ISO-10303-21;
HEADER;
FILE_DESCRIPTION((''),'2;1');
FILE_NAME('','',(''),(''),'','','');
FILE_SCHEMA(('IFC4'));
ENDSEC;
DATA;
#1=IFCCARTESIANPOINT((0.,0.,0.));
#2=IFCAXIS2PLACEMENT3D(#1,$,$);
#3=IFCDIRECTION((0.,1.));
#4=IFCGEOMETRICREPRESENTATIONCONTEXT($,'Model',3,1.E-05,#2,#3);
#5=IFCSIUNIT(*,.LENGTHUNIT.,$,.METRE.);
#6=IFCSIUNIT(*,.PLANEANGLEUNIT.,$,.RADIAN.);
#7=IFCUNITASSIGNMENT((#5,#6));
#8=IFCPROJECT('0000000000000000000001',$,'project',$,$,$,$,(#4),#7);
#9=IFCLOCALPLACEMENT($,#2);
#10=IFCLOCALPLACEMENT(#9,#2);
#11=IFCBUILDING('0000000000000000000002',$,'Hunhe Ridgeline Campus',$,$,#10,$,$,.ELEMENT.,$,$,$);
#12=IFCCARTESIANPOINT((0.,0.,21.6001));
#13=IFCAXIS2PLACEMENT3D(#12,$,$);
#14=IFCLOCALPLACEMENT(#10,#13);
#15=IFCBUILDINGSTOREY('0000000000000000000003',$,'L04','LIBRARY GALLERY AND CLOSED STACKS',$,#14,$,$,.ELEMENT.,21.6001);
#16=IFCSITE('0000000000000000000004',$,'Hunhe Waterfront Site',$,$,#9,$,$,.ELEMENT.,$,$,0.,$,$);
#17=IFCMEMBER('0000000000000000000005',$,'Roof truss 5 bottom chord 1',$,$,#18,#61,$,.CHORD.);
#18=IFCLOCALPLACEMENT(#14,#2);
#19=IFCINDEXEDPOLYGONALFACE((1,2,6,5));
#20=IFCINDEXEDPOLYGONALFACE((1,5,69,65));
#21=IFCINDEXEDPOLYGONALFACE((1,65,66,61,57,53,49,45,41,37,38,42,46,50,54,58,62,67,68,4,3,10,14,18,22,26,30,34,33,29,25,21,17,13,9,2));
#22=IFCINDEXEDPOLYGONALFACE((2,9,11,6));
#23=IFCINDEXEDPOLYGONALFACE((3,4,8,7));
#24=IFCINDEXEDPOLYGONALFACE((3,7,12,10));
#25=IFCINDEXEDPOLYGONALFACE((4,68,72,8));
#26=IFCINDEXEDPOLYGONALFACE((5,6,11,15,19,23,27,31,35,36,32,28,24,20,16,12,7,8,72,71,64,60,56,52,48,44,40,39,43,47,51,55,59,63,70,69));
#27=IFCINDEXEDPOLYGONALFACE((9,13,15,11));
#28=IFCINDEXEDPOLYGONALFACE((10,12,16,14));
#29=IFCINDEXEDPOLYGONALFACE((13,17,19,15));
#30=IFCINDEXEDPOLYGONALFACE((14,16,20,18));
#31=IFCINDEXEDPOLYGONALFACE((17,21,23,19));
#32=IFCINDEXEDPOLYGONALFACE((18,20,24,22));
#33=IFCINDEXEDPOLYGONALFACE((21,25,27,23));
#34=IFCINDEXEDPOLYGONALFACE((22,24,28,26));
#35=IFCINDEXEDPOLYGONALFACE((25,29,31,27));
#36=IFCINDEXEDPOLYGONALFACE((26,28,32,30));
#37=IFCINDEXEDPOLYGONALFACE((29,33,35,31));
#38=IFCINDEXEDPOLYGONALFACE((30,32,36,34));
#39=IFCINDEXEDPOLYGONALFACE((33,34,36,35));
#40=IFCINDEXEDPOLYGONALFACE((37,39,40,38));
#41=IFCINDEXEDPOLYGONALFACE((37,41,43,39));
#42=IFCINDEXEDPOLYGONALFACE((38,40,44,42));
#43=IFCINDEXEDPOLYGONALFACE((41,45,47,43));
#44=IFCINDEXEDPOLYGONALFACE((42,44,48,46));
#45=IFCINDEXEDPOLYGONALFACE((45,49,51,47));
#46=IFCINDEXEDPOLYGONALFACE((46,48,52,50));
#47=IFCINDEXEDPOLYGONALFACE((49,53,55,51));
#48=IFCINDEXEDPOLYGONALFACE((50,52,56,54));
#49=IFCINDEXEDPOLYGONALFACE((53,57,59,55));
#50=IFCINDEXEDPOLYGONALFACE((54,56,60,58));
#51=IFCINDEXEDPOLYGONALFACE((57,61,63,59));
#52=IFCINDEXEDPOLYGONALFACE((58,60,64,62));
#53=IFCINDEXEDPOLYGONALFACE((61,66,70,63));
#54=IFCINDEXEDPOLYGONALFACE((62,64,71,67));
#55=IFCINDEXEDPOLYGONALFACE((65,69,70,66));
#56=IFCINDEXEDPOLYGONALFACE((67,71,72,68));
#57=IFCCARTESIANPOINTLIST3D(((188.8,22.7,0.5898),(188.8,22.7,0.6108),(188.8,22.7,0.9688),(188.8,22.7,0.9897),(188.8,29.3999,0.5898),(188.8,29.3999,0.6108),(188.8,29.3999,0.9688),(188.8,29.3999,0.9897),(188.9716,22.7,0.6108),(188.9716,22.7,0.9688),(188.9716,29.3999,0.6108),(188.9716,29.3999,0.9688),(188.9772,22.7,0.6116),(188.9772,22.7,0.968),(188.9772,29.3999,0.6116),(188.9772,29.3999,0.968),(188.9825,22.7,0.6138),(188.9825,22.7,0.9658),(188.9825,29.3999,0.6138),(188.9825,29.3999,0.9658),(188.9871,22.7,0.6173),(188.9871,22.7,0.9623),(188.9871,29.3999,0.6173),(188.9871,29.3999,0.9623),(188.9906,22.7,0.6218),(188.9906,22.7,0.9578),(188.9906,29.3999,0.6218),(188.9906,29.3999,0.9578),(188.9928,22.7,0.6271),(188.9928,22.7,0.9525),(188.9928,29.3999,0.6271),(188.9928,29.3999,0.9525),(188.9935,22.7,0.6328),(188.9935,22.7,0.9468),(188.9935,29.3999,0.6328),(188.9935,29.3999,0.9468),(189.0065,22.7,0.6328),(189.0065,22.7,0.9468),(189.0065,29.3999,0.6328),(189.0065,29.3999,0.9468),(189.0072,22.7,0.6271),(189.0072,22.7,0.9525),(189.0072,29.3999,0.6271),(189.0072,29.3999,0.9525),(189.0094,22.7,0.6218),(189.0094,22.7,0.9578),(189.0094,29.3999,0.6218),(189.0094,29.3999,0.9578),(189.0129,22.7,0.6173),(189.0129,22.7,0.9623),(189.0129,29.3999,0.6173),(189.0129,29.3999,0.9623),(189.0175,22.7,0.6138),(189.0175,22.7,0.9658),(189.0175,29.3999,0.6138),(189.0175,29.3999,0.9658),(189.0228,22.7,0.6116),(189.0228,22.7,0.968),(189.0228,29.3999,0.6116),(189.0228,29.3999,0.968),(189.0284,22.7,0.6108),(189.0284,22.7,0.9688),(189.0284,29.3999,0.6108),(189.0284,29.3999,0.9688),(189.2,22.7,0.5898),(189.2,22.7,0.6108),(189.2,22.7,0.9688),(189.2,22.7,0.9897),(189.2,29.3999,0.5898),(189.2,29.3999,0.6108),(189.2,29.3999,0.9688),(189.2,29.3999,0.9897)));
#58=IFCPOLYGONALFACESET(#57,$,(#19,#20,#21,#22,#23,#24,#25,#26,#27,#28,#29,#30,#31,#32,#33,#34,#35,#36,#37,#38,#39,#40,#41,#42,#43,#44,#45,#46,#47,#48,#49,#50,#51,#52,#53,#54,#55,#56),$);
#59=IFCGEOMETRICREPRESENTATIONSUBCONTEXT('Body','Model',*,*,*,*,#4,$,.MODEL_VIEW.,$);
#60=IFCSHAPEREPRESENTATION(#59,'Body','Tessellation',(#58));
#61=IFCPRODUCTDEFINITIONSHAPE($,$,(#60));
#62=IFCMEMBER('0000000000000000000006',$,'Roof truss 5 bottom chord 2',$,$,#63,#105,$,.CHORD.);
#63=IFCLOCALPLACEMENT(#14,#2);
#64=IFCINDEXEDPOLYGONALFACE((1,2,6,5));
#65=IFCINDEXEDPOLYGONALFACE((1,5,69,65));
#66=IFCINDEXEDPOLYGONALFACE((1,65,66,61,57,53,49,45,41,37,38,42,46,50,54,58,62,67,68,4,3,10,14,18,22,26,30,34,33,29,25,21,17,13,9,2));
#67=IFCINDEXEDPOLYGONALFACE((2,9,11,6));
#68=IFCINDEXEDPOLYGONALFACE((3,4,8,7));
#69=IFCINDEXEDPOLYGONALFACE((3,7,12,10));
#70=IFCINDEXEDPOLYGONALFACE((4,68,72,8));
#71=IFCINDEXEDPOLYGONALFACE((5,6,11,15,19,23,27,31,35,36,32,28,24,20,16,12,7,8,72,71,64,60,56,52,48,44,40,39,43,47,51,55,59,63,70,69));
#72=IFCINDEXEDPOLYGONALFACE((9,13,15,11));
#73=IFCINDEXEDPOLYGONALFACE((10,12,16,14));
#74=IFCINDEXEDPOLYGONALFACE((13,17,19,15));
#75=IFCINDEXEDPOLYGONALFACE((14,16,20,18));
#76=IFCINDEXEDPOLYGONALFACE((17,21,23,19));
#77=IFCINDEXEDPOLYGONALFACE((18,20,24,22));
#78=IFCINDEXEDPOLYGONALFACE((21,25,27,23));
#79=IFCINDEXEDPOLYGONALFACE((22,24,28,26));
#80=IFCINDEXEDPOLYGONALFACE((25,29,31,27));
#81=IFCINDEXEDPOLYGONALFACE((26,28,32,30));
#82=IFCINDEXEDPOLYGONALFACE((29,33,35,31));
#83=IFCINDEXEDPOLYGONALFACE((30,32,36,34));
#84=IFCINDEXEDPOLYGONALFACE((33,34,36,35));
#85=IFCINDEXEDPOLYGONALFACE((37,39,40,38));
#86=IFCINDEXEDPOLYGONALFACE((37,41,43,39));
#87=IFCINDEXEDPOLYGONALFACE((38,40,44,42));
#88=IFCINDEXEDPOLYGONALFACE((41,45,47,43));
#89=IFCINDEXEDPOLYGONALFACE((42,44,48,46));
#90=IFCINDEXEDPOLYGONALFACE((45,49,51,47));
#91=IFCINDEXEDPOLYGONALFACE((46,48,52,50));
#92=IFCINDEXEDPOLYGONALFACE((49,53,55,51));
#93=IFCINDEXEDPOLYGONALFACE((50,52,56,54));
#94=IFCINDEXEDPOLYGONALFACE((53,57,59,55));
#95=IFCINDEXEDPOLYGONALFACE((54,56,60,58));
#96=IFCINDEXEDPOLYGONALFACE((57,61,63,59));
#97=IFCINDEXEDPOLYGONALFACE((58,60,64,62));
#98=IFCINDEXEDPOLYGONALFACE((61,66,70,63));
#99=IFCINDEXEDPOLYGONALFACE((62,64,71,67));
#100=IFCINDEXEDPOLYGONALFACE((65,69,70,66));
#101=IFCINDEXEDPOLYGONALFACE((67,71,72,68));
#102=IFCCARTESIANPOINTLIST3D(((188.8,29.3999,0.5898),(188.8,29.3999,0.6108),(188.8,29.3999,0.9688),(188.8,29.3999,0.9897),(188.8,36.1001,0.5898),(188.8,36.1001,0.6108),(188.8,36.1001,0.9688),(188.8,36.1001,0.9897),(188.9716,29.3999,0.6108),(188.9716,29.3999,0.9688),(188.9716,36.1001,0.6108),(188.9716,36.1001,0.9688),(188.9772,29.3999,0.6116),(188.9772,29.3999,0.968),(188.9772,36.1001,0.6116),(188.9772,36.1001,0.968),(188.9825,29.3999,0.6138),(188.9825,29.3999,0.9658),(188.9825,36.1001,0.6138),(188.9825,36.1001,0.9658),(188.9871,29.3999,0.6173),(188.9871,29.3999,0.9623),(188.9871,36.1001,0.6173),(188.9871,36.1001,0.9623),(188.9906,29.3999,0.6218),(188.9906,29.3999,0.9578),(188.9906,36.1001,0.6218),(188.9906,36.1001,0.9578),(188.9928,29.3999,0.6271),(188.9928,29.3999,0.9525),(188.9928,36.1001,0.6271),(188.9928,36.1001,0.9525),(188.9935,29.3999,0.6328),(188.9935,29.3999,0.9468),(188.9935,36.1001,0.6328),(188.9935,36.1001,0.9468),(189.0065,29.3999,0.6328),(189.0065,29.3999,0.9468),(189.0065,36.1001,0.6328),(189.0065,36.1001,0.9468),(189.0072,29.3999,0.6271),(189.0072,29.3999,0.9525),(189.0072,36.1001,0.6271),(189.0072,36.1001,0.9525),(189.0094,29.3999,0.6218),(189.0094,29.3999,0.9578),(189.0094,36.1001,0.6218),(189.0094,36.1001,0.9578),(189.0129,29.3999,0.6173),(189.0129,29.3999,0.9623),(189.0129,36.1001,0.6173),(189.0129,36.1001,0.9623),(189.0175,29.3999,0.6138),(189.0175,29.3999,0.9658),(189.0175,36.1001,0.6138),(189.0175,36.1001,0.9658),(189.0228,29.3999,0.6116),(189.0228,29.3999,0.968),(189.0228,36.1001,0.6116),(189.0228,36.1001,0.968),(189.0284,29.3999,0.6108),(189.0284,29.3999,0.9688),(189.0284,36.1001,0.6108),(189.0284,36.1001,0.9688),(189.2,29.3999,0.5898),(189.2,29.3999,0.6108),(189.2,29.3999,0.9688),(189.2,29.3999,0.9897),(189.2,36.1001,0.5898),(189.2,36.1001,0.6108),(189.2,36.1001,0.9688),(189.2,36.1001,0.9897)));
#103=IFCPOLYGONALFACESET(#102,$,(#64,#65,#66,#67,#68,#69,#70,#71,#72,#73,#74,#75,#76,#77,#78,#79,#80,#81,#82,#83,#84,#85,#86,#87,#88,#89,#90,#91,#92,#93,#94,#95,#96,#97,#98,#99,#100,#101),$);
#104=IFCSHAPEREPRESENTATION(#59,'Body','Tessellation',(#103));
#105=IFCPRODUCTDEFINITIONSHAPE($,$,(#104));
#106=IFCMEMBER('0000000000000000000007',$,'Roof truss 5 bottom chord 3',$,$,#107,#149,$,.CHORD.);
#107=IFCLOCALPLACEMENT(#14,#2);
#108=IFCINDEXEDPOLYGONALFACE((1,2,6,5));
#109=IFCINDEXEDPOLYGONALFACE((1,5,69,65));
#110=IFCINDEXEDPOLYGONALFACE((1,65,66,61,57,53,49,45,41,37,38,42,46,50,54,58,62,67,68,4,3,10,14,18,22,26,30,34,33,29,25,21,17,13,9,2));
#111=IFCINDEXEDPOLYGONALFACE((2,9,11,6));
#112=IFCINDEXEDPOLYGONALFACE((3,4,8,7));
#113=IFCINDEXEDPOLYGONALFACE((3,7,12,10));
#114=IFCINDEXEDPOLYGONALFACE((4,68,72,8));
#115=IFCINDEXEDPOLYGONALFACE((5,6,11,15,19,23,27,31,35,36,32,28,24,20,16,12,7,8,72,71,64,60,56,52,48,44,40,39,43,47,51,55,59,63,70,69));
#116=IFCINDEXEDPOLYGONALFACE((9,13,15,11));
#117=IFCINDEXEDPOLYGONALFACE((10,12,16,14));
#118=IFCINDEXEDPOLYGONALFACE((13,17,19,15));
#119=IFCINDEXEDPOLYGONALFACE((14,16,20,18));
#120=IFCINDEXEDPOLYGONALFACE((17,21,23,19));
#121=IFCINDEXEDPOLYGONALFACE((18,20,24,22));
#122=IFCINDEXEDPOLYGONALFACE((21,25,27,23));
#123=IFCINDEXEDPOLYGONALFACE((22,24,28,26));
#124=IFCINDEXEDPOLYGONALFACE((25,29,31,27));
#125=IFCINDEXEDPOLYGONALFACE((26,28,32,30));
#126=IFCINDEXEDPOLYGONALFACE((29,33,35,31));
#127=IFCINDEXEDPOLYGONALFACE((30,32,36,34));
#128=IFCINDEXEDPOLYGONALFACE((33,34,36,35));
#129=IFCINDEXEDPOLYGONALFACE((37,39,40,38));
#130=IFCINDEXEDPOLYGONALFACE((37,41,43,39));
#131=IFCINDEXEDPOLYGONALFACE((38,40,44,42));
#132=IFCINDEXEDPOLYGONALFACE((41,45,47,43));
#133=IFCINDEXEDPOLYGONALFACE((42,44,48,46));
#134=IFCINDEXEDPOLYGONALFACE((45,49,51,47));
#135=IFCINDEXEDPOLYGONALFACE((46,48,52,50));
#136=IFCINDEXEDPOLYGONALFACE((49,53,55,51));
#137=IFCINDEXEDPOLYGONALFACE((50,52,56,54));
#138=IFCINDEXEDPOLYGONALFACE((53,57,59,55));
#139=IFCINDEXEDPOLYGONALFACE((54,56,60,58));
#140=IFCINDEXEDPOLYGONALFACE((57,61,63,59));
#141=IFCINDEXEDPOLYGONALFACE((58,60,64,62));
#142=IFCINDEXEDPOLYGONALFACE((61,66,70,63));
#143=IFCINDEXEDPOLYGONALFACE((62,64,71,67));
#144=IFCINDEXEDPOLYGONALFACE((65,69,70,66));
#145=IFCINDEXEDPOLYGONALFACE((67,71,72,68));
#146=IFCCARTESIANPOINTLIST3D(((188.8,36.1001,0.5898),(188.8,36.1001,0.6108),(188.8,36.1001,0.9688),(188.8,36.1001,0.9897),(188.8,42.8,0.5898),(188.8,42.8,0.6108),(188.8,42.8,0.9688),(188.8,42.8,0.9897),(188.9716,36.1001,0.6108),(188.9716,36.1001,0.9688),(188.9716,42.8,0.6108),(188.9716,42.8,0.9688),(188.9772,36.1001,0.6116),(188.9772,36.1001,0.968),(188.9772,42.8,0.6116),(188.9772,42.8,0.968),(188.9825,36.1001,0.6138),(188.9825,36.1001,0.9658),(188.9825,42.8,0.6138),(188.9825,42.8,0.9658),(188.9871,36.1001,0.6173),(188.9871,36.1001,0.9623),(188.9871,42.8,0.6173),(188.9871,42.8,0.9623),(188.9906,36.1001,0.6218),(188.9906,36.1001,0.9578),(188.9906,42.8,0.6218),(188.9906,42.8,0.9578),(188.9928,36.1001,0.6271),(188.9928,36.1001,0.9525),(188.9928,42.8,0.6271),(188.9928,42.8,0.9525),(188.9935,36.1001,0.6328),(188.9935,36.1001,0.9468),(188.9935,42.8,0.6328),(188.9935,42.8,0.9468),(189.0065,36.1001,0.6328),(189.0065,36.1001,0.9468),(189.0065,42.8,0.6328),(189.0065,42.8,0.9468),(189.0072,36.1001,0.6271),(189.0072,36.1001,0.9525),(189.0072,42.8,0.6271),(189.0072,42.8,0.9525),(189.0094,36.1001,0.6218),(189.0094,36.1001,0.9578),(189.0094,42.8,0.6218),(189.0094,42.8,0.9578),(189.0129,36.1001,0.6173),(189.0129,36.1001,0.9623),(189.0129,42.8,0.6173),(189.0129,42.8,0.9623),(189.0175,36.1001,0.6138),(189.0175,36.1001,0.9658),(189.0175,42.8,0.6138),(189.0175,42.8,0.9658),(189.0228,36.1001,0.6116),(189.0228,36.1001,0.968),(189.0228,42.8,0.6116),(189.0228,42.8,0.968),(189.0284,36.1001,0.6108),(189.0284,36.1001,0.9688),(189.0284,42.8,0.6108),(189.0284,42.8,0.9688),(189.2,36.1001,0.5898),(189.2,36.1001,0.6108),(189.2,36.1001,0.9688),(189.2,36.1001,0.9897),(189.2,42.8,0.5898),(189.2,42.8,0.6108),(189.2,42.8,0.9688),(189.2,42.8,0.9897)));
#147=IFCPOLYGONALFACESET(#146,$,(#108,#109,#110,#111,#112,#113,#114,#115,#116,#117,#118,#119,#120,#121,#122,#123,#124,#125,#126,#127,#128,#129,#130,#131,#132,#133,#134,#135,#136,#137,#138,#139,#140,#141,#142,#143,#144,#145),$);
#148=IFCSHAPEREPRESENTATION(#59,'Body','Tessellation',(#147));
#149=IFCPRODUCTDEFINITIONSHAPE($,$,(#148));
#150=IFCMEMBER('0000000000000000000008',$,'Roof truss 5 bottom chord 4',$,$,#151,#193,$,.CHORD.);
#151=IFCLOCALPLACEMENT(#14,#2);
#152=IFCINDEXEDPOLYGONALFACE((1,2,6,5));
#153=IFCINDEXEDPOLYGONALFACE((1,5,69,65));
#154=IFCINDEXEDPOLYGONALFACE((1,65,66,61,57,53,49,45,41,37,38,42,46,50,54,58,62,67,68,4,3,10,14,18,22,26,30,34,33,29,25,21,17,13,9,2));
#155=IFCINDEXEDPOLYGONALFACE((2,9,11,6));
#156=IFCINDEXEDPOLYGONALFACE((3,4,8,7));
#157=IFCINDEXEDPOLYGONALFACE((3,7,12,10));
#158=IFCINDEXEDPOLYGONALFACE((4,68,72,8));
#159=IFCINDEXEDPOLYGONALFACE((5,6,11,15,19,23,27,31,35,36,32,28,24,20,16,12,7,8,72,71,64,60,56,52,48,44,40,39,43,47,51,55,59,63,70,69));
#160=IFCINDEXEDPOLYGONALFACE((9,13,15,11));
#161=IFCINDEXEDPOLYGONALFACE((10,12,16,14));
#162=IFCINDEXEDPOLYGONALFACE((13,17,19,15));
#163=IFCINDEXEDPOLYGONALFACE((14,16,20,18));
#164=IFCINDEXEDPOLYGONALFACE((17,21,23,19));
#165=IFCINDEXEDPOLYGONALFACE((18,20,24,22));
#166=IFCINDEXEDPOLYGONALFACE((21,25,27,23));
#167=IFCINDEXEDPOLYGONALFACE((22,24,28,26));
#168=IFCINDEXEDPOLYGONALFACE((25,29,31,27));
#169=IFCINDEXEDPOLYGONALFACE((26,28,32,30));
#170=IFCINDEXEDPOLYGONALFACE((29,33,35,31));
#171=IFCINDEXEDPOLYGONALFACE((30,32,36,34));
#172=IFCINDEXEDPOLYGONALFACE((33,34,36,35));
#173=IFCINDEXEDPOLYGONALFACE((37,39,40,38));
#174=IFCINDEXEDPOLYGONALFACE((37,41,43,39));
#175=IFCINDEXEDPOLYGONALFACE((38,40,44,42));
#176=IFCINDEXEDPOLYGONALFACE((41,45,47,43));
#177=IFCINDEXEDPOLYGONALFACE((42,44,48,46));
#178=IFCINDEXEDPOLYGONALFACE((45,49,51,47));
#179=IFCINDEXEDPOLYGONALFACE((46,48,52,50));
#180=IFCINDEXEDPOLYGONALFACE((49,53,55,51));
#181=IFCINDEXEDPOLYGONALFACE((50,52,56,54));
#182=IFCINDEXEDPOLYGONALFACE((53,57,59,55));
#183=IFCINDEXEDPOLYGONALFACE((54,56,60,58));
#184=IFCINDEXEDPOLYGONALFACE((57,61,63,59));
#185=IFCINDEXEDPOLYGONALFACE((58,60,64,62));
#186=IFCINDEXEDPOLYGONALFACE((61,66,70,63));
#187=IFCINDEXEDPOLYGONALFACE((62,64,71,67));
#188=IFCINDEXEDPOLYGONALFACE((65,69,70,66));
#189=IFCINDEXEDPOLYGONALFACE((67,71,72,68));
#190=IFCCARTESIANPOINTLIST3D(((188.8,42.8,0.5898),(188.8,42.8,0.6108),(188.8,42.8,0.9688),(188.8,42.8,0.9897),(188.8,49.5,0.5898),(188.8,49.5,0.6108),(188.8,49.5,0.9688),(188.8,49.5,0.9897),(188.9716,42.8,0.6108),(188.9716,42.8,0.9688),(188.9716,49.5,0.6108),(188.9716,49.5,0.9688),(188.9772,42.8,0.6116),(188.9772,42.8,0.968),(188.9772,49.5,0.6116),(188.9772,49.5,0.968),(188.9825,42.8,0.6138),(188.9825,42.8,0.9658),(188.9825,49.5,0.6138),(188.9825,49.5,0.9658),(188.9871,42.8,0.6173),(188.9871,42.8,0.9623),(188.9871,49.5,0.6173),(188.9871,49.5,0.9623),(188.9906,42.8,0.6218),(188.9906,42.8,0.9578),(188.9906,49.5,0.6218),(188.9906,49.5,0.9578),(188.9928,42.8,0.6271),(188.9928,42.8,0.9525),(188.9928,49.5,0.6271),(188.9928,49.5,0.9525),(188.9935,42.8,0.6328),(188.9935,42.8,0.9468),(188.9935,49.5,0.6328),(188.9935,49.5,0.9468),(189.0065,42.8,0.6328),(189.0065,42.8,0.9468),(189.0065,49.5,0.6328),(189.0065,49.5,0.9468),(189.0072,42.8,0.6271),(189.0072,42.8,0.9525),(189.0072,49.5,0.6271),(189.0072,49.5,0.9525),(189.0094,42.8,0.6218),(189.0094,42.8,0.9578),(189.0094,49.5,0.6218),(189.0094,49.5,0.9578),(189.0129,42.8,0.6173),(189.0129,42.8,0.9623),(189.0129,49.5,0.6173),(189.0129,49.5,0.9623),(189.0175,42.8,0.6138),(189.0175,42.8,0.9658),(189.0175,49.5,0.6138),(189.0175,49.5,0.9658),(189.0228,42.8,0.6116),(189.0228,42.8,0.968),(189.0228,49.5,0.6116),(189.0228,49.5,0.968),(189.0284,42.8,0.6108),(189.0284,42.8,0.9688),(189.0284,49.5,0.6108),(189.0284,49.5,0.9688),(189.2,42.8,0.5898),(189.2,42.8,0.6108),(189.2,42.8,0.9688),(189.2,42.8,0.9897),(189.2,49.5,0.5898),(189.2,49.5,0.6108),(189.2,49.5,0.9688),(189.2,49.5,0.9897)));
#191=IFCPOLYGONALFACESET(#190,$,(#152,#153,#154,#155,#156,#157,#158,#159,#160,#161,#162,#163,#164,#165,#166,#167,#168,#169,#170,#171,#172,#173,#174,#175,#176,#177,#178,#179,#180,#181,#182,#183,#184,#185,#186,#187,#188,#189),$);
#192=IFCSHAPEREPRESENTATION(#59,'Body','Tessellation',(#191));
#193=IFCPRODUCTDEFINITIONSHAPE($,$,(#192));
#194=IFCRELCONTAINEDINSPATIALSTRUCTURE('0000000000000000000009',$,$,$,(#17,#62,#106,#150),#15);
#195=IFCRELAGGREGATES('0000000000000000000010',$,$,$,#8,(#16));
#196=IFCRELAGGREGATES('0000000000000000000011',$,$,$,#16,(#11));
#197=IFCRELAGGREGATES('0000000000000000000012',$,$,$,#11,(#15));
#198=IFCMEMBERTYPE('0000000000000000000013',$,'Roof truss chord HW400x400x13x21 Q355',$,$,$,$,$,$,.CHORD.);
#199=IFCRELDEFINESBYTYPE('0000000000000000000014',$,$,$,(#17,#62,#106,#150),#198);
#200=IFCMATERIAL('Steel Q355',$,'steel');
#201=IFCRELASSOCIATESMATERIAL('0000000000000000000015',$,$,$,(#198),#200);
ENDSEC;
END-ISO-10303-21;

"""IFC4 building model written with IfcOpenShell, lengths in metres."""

from ifc_helpers import new_model, si_unit, direction, frame, origin, origin_2d, place, context, subcontext, project, spatial, i_section, extrude, material, material_profile, profile_set, type_object, element, save


model = new_model("IFC4")

# Units and contexts
model_context = context("Model", 3, precision=1e-05, world=origin(), true_north=direction((0.0, 1.0)))
body_context = subcontext(model_context, "Body", "Model", "MODEL_VIEW")
ifc_project = project(units=[si_unit("LENGTHUNIT", "METRE"), si_unit("PLANEANGLEUNIT", "RADIAN")], contexts=[model_context])

# Site, building, storey
site_placement = place(None, origin())
site = spatial("IfcSite", under=ifc_project, at=site_placement, Name="Hunhe Waterfront Site", CompositionType="ELEMENT", RefElevation=0.0)
building_placement = place(site_placement, origin())
building = spatial("IfcBuilding", under=site, at=building_placement, Name="Hunhe Ridgeline Campus", CompositionType="ELEMENT")
storey_placement = place(building_placement, frame((0.0, 0.0, 21.6001)))
storey = spatial("IfcBuildingStorey", under=building, at=storey_placement, Name="L04", Description="LIBRARY GALLERY AND CLOSED STACKS", CompositionType="ELEMENT", Elevation=21.6001)

# Members
ifc_material_1 = material(Name="Steel Q355", Category="steel")
ifc_material_profile_1 = material_profile(ifc_material_1, i_section(OverallWidth=0.3999, OverallDepth=0.3999, WebThickness=0.0129, FlangeThickness=0.021, FilletRadius=0.022, at=origin_2d()))
ifc_profile_set_1 = profile_set([ifc_material_profile_1], Name="Steel Q355")
member_type_1 = type_object("IfcMemberType", Name="Roof truss chord HW400x400x13x21 Q355", PredefinedType="CHORD", material=ifc_profile_set_1)
member_1_placement = place(storey_placement, frame((189.0, 22.7, 0.7898), z_axis=(0.0, 1.0, 0.0), x_axis=(-1.0, 0.0, 0.0)))
element("IfcMember", 1, at=member_1_placement, inside=storey, type_object=member_type_1, Name="Roof truss 5 bottom chord 1", PredefinedType="CHORD", context=body_context, shape_type="SweptSolid", body=[
    extrude(i_section(OverallWidth=0.3999, OverallDepth=0.3999, WebThickness=0.0129, FlangeThickness=0.021, FilletRadius=0.022, at=origin_2d()), origin(), (0.0, 0.0, 1.0), 6.7),
])
member_2_placement = place(storey_placement, frame((189.0, 29.3999, 0.7898), z_axis=(0.0, 1.0, 0.0), x_axis=(-1.0, 0.0, 0.0)))
element("IfcMember", 2, at=member_2_placement, inside=storey, type_object=member_type_1, Name="Roof truss 5 bottom chord 2", PredefinedType="CHORD", context=body_context, shape_type="SweptSolid", body=[
    extrude(i_section(OverallWidth=0.3999, OverallDepth=0.3999, WebThickness=0.0129, FlangeThickness=0.021, FilletRadius=0.022, at=origin_2d()), origin(), (0.0, 0.0, 1.0), 6.7002),
])
for number, where, z_axis, x_axis, name in (
    (3, (189.0, 36.1001, 0.7898), (0.0, 1.0, 0.0), (-1.0, 0.0, 0.0), "Roof truss 5 bottom chord 3"),
    (4, (189.0, 42.8, 0.7898), (0.0, 1.0, 0.0), (-1.0, 0.0, 0.0), "Roof truss 5 bottom chord 4"),
):
    element("IfcMember", number, at=place(storey_placement, frame(where, z_axis=z_axis, x_axis=x_axis)), inside=storey, type_object=member_type_1, Name=name, PredefinedType="CHORD", context=body_context, shape_type="SweptSolid", body=[
        extrude(i_section(OverallWidth=0.3999, OverallDepth=0.3999, WebThickness=0.0129, FlangeThickness=0.021, FilletRadius=0.022, at=origin_2d()), origin(), (0.0, 0.0, 1.0), 6.7),
    ])

save(model, "model.ifc")
